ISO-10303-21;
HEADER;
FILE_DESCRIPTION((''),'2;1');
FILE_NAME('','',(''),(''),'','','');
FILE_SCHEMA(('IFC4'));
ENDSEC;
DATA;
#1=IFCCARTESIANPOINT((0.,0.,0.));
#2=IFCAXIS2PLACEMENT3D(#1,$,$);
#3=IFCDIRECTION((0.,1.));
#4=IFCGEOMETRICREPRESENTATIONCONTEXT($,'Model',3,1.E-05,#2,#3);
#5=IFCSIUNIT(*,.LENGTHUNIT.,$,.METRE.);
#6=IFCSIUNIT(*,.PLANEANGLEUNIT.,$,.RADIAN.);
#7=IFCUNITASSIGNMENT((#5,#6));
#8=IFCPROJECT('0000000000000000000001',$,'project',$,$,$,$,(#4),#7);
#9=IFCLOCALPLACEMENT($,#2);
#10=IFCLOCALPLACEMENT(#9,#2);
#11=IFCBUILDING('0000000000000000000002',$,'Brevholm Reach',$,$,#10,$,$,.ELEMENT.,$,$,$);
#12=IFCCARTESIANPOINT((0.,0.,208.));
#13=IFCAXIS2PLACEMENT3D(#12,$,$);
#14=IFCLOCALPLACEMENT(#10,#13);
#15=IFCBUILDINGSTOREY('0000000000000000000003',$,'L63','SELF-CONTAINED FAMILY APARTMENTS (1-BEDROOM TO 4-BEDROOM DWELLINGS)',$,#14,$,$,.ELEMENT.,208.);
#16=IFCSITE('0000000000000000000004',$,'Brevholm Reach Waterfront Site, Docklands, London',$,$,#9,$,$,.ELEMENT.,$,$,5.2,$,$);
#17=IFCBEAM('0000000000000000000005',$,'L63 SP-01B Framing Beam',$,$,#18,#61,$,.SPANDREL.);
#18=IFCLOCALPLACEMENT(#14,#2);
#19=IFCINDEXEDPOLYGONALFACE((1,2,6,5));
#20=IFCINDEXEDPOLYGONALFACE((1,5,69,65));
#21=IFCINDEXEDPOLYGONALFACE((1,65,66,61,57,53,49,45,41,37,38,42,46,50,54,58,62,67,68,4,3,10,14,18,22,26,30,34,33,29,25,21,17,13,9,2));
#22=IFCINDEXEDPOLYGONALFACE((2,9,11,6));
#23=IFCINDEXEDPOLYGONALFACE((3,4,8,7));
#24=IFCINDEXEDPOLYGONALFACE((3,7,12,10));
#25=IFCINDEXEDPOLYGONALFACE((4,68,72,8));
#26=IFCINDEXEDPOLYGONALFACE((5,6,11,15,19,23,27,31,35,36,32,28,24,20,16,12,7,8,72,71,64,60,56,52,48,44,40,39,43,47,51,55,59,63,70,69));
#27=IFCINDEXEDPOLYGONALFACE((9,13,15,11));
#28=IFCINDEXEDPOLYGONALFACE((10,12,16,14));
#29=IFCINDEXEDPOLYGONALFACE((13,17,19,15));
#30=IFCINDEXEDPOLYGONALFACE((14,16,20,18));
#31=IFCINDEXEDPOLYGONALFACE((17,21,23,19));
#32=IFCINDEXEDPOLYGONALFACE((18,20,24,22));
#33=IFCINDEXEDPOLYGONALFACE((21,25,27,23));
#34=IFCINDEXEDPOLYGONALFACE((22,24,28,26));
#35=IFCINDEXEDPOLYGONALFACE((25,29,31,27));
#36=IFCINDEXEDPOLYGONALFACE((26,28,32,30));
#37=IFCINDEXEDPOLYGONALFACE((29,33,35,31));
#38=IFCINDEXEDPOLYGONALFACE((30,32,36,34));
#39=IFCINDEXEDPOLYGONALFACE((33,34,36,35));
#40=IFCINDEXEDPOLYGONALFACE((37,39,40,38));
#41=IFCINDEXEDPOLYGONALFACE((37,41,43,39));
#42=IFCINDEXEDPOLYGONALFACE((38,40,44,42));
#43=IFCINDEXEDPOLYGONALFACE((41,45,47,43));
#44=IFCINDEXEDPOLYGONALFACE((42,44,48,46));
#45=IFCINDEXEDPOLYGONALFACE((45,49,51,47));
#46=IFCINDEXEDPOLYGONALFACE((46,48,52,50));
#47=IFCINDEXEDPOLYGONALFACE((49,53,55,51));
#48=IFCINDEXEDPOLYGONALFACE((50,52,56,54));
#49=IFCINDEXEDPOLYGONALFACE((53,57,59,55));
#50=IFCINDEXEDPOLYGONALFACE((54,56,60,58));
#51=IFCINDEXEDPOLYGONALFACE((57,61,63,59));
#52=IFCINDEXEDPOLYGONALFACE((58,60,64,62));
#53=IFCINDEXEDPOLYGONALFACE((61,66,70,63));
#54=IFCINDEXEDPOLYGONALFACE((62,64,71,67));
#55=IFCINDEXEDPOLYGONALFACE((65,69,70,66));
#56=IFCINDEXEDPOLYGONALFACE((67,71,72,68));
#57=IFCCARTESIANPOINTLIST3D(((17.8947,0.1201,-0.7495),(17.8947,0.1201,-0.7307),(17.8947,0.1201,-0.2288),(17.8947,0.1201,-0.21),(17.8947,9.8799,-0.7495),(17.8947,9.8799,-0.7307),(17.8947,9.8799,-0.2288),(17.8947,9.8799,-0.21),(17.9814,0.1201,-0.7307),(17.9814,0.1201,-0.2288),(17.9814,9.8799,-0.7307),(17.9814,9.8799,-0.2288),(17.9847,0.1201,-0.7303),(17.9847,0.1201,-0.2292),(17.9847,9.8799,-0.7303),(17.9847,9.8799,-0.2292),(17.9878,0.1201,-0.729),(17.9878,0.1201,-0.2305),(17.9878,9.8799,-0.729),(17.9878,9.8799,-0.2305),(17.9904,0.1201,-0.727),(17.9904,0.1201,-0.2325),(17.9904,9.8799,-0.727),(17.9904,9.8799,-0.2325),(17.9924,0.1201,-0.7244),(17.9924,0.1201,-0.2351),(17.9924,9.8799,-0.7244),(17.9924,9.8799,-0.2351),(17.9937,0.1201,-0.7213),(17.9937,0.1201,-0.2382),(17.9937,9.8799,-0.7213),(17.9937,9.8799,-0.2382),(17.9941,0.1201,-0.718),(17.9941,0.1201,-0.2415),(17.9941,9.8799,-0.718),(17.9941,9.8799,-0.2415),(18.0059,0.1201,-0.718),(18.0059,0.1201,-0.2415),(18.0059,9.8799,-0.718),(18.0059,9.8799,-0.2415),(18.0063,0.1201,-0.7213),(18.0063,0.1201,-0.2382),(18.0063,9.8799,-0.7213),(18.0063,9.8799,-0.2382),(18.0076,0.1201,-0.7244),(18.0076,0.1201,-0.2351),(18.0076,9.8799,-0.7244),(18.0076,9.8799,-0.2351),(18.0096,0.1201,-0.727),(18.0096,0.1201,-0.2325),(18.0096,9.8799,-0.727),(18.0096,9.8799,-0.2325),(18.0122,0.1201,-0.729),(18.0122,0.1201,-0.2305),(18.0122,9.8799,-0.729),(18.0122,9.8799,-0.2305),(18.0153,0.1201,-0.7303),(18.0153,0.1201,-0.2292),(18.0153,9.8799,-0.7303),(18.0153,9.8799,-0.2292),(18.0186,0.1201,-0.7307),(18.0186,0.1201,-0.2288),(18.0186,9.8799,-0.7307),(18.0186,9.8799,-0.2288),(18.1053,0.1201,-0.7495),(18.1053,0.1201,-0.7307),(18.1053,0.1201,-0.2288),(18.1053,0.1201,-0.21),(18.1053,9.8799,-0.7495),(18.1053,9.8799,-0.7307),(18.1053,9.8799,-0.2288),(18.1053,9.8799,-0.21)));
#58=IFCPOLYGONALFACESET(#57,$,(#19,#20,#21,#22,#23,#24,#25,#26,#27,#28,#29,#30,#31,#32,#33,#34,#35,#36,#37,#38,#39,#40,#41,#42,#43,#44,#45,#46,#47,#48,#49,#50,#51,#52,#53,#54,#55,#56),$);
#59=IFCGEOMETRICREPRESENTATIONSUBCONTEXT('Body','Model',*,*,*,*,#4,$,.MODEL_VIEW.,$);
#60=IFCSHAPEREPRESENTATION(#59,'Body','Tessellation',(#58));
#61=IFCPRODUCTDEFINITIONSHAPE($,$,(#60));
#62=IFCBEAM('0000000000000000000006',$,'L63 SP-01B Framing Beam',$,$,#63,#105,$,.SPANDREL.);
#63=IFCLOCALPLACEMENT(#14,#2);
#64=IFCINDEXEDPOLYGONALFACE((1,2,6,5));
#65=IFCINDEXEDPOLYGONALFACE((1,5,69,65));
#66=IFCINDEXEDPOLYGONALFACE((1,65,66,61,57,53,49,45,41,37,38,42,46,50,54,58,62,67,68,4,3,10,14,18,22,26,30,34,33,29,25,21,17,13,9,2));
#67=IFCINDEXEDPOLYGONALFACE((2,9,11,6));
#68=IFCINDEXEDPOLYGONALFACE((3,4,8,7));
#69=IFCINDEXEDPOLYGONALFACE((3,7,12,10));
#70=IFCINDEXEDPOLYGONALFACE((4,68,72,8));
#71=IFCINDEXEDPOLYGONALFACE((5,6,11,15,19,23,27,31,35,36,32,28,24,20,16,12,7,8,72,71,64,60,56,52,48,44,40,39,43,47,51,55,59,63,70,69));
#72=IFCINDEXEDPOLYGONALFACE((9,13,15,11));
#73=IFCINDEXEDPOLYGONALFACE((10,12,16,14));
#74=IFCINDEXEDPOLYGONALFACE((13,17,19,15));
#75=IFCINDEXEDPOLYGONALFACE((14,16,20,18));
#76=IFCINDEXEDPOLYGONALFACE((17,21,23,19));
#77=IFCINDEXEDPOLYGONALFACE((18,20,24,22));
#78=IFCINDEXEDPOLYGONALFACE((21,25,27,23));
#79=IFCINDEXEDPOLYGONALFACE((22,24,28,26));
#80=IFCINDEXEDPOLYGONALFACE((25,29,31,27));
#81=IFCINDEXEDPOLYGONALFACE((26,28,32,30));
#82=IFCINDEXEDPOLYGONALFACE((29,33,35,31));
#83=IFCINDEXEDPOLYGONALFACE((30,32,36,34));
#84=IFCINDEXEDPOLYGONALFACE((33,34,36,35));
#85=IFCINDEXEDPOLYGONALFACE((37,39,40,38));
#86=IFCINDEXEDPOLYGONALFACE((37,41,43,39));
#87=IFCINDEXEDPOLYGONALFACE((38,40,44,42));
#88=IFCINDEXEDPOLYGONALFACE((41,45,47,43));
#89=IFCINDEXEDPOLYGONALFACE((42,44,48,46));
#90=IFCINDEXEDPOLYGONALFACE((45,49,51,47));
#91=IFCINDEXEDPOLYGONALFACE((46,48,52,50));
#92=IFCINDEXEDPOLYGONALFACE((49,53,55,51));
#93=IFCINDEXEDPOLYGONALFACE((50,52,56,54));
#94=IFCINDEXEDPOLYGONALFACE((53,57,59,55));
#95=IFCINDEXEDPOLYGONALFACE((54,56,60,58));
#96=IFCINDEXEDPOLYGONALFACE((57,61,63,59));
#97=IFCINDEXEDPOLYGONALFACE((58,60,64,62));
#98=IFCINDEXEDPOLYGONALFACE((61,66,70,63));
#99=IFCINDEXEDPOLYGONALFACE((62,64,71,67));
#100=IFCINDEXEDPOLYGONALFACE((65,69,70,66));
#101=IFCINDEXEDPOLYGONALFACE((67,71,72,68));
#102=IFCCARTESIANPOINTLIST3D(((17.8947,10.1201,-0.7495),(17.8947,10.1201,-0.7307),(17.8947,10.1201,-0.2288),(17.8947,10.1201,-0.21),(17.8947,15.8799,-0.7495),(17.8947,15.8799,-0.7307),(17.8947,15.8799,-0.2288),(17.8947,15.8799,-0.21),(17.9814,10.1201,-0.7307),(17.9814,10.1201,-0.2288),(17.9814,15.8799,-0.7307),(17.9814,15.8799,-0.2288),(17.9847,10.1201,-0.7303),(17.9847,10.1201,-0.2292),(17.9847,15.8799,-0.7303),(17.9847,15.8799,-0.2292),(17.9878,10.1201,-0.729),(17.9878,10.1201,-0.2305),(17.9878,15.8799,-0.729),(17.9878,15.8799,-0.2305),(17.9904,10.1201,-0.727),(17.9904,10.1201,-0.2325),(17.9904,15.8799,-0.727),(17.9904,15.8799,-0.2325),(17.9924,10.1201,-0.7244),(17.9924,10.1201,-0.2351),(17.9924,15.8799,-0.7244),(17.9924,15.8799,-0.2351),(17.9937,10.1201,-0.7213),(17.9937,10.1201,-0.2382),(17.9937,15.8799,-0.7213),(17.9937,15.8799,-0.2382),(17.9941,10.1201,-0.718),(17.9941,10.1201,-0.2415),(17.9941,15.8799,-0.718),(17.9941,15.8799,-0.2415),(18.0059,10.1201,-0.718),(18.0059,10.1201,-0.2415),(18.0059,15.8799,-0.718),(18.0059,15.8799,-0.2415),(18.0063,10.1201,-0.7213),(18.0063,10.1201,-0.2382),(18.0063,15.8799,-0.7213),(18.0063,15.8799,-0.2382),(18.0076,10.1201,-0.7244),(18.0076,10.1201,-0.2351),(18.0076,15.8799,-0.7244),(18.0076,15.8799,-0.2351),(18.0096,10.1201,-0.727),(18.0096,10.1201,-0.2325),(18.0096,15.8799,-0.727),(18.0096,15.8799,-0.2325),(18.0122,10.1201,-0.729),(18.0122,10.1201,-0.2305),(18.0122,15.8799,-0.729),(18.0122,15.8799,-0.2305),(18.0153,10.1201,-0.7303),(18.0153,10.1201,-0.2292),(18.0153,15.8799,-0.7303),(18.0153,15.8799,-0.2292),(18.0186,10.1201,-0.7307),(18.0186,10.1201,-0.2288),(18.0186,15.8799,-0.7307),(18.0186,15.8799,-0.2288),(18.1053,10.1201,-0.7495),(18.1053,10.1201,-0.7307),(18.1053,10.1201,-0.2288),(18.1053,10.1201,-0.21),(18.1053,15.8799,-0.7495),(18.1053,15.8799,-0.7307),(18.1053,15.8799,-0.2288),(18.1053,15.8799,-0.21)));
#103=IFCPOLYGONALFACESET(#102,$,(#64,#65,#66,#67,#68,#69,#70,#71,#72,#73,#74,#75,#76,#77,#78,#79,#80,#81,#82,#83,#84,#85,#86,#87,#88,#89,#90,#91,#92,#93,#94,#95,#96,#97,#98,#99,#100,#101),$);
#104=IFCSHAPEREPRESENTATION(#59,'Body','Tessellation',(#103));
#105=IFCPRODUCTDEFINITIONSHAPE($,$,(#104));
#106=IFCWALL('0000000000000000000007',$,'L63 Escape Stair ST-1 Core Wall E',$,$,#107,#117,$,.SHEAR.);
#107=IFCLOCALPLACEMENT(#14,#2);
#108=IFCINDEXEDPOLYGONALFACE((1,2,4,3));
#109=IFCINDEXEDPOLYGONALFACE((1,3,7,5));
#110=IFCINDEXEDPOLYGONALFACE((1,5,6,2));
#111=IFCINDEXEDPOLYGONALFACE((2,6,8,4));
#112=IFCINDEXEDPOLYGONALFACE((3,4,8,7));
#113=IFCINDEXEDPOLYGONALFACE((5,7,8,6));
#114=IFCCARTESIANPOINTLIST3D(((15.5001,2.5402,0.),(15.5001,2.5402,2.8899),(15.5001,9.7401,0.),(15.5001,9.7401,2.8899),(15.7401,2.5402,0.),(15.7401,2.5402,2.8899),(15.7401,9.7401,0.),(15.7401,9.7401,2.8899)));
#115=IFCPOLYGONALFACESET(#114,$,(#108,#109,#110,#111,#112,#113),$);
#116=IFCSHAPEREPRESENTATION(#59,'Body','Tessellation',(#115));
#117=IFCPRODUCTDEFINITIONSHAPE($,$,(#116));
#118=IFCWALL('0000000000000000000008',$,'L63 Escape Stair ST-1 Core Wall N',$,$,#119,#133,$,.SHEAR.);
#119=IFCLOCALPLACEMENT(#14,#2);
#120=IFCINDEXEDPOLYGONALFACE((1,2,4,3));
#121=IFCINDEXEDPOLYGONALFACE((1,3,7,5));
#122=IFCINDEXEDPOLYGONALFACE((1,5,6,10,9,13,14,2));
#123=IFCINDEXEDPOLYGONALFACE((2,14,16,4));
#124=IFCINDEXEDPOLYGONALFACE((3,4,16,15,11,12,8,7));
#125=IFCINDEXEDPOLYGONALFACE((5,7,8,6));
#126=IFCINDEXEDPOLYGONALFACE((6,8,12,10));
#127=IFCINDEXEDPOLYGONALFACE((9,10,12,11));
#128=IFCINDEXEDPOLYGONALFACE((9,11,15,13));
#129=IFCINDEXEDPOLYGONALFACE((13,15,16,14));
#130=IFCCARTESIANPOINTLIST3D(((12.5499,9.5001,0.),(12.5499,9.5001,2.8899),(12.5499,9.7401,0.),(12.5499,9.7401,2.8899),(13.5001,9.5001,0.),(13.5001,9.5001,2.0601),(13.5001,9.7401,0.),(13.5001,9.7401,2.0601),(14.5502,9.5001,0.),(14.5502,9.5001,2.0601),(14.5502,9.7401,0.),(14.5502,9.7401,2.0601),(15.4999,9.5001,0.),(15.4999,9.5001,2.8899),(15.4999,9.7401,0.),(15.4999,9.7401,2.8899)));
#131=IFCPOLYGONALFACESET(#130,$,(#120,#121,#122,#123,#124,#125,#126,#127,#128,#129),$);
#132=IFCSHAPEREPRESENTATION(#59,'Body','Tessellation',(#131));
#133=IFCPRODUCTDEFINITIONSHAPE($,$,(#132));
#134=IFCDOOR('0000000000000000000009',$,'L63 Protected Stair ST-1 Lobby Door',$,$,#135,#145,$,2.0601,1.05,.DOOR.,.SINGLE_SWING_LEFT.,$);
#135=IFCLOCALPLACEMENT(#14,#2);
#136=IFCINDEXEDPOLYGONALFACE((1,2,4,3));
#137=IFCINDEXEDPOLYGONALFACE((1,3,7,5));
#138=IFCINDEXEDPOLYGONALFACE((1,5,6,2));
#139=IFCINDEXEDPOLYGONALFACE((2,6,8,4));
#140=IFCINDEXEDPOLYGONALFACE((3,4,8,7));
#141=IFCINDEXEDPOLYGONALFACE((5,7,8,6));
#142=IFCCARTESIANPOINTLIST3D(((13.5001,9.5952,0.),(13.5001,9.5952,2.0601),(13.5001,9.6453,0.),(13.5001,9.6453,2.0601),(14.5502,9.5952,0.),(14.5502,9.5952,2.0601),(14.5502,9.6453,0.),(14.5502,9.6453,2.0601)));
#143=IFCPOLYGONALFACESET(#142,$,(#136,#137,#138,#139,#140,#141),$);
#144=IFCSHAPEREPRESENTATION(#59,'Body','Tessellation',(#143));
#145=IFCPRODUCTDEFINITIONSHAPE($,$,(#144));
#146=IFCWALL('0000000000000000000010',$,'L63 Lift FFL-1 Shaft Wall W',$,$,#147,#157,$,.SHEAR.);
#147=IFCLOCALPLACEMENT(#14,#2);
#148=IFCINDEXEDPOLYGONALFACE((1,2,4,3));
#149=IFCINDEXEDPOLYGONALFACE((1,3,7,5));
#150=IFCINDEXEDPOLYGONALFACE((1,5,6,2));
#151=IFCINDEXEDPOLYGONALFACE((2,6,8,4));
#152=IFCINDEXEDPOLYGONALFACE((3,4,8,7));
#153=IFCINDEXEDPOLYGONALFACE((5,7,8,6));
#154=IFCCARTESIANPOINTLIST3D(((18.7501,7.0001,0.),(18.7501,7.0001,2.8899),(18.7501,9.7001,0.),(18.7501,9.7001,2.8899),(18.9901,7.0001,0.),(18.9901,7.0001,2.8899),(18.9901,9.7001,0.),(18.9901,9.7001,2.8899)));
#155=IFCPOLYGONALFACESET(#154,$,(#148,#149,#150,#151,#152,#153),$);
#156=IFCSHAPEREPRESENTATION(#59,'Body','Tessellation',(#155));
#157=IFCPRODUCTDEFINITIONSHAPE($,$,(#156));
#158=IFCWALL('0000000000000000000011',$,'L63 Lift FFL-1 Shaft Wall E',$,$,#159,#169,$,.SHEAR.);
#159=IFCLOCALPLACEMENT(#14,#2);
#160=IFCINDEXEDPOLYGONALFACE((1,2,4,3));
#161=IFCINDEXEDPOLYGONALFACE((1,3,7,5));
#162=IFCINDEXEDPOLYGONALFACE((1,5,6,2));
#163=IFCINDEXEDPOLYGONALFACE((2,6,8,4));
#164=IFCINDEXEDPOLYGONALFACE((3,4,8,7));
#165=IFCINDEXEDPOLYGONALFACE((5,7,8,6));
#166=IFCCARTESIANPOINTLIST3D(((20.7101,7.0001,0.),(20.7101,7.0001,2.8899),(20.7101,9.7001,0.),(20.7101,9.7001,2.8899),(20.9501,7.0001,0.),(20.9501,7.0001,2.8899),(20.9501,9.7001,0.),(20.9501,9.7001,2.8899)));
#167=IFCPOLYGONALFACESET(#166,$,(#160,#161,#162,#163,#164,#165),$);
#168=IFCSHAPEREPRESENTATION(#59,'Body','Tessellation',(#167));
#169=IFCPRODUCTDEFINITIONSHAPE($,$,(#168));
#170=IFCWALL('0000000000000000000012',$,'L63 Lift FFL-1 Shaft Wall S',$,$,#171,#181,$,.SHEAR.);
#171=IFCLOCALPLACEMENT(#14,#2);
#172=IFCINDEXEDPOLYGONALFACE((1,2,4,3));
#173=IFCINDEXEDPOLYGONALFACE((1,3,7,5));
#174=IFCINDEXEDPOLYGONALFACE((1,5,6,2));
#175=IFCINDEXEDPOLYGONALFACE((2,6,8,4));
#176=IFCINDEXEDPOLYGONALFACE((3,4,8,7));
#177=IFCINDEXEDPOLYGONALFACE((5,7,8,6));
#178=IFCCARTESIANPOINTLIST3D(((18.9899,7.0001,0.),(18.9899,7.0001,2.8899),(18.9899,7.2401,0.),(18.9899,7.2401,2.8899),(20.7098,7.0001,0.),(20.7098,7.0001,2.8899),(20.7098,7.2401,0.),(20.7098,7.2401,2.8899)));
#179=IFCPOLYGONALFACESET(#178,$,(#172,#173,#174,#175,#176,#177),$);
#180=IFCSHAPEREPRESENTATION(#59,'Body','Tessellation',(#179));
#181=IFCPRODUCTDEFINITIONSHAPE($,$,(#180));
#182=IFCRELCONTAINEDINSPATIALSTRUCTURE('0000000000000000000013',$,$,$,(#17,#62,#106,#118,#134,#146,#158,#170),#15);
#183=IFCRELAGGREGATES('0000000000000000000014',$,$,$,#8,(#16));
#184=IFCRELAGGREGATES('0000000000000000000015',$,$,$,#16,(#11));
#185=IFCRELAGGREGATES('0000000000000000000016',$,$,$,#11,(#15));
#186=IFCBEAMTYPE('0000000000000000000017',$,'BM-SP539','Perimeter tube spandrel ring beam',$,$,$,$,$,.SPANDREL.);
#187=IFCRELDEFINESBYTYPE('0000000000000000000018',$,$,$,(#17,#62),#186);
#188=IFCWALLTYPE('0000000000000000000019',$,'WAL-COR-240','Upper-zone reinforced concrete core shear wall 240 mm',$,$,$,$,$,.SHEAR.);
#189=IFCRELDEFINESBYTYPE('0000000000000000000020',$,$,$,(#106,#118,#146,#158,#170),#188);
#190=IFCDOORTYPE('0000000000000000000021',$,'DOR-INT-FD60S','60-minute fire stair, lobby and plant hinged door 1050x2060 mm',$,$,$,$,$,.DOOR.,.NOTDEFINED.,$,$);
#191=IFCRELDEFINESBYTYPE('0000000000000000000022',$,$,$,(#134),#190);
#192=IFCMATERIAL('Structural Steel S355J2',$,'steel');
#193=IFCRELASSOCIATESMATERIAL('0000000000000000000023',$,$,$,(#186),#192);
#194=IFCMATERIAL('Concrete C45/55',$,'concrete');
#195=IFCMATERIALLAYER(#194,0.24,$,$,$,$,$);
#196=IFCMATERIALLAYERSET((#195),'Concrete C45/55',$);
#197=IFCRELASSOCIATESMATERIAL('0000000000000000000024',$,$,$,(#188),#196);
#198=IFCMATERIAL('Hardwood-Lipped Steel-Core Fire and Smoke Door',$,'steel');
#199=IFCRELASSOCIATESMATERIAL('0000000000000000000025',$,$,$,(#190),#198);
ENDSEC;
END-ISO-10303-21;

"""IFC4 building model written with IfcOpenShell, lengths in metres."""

from ifc_helpers import new_model, si_unit, direction, frame, frame_2d, origin, origin_2d, place, context, subcontext, project, spatial, rectangle, i_section, extrude, material, layer, layer_set, material_profile, profile_set, type_object, element, fill, save


model = new_model("IFC4")

# Units and contexts
model_context = context("Model", 3, precision=1e-05, world=origin(), true_north=direction((0.0, 1.0)))
body_context = subcontext(model_context, "Body", "Model", "MODEL_VIEW")
ifc_project = project(units=[si_unit("LENGTHUNIT", "METRE"), si_unit("PLANEANGLEUNIT", "RADIAN")], contexts=[model_context])

# Site, building, storey
site_placement = place(None, origin())
site = spatial("IfcSite", under=ifc_project, at=site_placement, Name="Brevholm Reach Waterfront Site, Docklands, London", CompositionType="ELEMENT", RefElevation=5.2)
building_placement = place(site_placement, origin())
building = spatial("IfcBuilding", under=site, at=building_placement, Name="Brevholm Reach", CompositionType="ELEMENT")
storey_placement = place(building_placement, frame((0.0, 0.0, 208.0)))
storey = spatial("IfcBuildingStorey", under=building, at=storey_placement, Name="L63", Description="SELF-CONTAINED FAMILY APARTMENTS (1-BEDROOM TO 4-BEDROOM DWELLINGS)", CompositionType="ELEMENT", Elevation=208.0)

# Beams
ifc_material_1 = material(Name="Structural Steel S355J2", Category="steel")
ifc_material_profile_1 = material_profile(ifc_material_1, i_section(OverallWidth=0.2107, OverallDepth=0.5396, WebThickness=0.0117, FlangeThickness=0.0188, FilletRadius=0.0127, at=origin_2d()), Name="UKB 533x210x109")
ifc_profile_set_1 = profile_set([ifc_material_profile_1], Name="Structural Steel S355J2")
beam_type_1 = type_object("IfcBeamType", Name="BM-SP539", Description="Perimeter tube spandrel ring beam", PredefinedType="SPANDREL", material=ifc_profile_set_1)
beam_1_placement = place(storey_placement, frame((18.0, 0.1201, -0.4797), z_axis=(0.0, 1.0, 0.0), x_axis=(-1.0, 0.0, 0.0)))
element("IfcBeam", 1, at=beam_1_placement, inside=storey, type_object=beam_type_1, Name="L63 SP-01B Framing Beam", PredefinedType="SPANDREL", context=body_context, shape_type="SweptSolid", body=[
    extrude(i_section(OverallWidth=0.2107, OverallDepth=0.5396, WebThickness=0.0117, FlangeThickness=0.0188, FilletRadius=0.0127, at=origin_2d()), origin(), (0.0, 0.0, 1.0), 9.7598),
])
beam_2_placement = place(storey_placement, frame((18.0, 10.1201, -0.4797), z_axis=(0.0, 1.0, 0.0), x_axis=(-1.0, 0.0, 0.0)))
element("IfcBeam", 2, at=beam_2_placement, inside=storey, type_object=beam_type_1, Name="L63 SP-01B Framing Beam", PredefinedType="SPANDREL", context=body_context, shape_type="SweptSolid", body=[
    extrude(i_section(OverallWidth=0.2107, OverallDepth=0.5396, WebThickness=0.0117, FlangeThickness=0.0188, FilletRadius=0.0127, at=origin_2d()), origin(), (0.0, 0.0, 1.0), 5.7598),
])

# Wall
ifc_material_2 = material(Name="Concrete C45/55", Category="concrete")
ifc_layer_1 = layer(ifc_material_2, 0.24)
ifc_layer_set_1 = layer_set([ifc_layer_1], Name="Concrete C45/55")
wall_type_1 = type_object("IfcWallType", Name="WAL-COR-240", Description="Upper-zone reinforced concrete core shear wall 240 mm", PredefinedType="SHEAR", material=ifc_layer_set_1)
wall_1_placement = place(storey_placement, frame((15.6201, 2.54, 0.0), z_axis=(0.0, 0.0, 1.0), x_axis=(0.0, 1.0, 0.0)))
element("IfcWall", 3, at=wall_1_placement, inside=storey, type_object=wall_type_1, Name="L63 Escape Stair ST-1 Core Wall E", PredefinedType="SHEAR", context=body_context, shape_type="SweptSolid", body=[
    extrude(rectangle(XDim=7.2, YDim=0.24, at=frame_2d((3.6001, 0.0))), origin(), (0.0, 0.0, 1.0), 2.8899),
])

# Wall, opening, door
wall_2_placement = place(storey_placement, frame((15.5, 9.6201, 0.0), z_axis=(0.0, 0.0, 1.0), x_axis=(-1.0, 0.0, 0.0)))
wall_2 = element("IfcWall", 4, at=wall_2_placement, inside=storey, type_object=wall_type_1, Name="L63 Escape Stair ST-1 Core Wall N", PredefinedType="SHEAR", context=body_context, shape_type="SweptSolid", body=[
    extrude(rectangle(XDim=2.95, YDim=0.24, at=frame_2d((1.4751, 0.0))), origin(), (0.0, 0.0, 1.0), 2.8899),
])
opening_1_placement = place(wall_2_placement, frame((0.95, 0.0, 0.0)))
opening_1 = element("IfcOpeningElement", 5, at=opening_1_placement, cuts=wall_2, PredefinedType="OPENING", context=body_context, shape_type="SweptSolid", body=[
    extrude(rectangle(XDim=1.05, YDim=2.0601, at=frame_2d((0.5249, 1.03))), frame((0.0, 0.1299, 0.0), z_axis=(0.0, -1.0, 0.0), x_axis=(1.0, 0.0, 0.0)), (0.0, 0.0, 1.0), 0.26),
])
ifc_material_3 = material(Name="Hardwood-Lipped Steel-Core Fire and Smoke Door", Category="steel")
door_type_1 = type_object("IfcDoorType", Name="DOR-INT-FD60S", Description="60-minute fire stair, lobby and plant hinged door 1050x2060 mm", OperationType="NOTDEFINED", PredefinedType="DOOR", material=ifc_material_3)
door_1_placement = place(opening_1_placement, origin())
door_1 = element("IfcDoor", 6, at=door_1_placement, inside=storey, type_object=door_type_1, Name="L63 Protected Stair ST-1 Lobby Door", OperationType="SINGLE_SWING_LEFT", OverallHeight=2.0601, OverallWidth=1.05, PredefinedType="DOOR", context=body_context, shape_type="SweptSolid", body=[
    extrude(rectangle(XDim=1.05, YDim=2.0601, at=frame_2d((0.5249, 1.03))), frame((0.0, 0.0249, 0.0), z_axis=(0.0, -1.0, 0.0), x_axis=(1.0, 0.0, 0.0)), (0.0, 0.0, 1.0), 0.05),
])
fill(opening_1, door_1)

# Walls
for number, where, z_axis, x_axis, name in (
    (7, (18.8701, 7.0, 0.0), (0.0, 0.0, 1.0), (0.0, 1.0, 0.0), "L63 Lift FFL-1 Shaft Wall W"),
    (8, (20.8301, 7.0, 0.0), (0.0, 0.0, 1.0), (0.0, 1.0, 0.0), "L63 Lift FFL-1 Shaft Wall E"),
):
    element("IfcWall", number, at=place(storey_placement, frame(where, z_axis=z_axis, x_axis=x_axis)), inside=storey, type_object=wall_type_1, Name=name, PredefinedType="SHEAR", context=body_context, shape_type="SweptSolid", body=[
        extrude(rectangle(XDim=2.7, YDim=0.24, at=frame_2d((1.3501, 0.0))), origin(), (0.0, 0.0, 1.0), 2.8899),
    ])
wall_3_placement = place(storey_placement, frame((18.99, 7.1201, 0.0), z_axis=(0.0, 0.0, 1.0), x_axis=(1.0, 0.0, 0.0)))
element("IfcWall", 9, at=wall_3_placement, inside=storey, type_object=wall_type_1, Name="L63 Lift FFL-1 Shaft Wall S", PredefinedType="SHEAR", context=body_context, shape_type="SweptSolid", body=[
    extrude(rectangle(XDim=1.72, YDim=0.24, at=frame_2d((0.8599, 0.0))), origin(), (0.0, 0.0, 1.0), 2.8899),
])

save(model, "model.ifc")
